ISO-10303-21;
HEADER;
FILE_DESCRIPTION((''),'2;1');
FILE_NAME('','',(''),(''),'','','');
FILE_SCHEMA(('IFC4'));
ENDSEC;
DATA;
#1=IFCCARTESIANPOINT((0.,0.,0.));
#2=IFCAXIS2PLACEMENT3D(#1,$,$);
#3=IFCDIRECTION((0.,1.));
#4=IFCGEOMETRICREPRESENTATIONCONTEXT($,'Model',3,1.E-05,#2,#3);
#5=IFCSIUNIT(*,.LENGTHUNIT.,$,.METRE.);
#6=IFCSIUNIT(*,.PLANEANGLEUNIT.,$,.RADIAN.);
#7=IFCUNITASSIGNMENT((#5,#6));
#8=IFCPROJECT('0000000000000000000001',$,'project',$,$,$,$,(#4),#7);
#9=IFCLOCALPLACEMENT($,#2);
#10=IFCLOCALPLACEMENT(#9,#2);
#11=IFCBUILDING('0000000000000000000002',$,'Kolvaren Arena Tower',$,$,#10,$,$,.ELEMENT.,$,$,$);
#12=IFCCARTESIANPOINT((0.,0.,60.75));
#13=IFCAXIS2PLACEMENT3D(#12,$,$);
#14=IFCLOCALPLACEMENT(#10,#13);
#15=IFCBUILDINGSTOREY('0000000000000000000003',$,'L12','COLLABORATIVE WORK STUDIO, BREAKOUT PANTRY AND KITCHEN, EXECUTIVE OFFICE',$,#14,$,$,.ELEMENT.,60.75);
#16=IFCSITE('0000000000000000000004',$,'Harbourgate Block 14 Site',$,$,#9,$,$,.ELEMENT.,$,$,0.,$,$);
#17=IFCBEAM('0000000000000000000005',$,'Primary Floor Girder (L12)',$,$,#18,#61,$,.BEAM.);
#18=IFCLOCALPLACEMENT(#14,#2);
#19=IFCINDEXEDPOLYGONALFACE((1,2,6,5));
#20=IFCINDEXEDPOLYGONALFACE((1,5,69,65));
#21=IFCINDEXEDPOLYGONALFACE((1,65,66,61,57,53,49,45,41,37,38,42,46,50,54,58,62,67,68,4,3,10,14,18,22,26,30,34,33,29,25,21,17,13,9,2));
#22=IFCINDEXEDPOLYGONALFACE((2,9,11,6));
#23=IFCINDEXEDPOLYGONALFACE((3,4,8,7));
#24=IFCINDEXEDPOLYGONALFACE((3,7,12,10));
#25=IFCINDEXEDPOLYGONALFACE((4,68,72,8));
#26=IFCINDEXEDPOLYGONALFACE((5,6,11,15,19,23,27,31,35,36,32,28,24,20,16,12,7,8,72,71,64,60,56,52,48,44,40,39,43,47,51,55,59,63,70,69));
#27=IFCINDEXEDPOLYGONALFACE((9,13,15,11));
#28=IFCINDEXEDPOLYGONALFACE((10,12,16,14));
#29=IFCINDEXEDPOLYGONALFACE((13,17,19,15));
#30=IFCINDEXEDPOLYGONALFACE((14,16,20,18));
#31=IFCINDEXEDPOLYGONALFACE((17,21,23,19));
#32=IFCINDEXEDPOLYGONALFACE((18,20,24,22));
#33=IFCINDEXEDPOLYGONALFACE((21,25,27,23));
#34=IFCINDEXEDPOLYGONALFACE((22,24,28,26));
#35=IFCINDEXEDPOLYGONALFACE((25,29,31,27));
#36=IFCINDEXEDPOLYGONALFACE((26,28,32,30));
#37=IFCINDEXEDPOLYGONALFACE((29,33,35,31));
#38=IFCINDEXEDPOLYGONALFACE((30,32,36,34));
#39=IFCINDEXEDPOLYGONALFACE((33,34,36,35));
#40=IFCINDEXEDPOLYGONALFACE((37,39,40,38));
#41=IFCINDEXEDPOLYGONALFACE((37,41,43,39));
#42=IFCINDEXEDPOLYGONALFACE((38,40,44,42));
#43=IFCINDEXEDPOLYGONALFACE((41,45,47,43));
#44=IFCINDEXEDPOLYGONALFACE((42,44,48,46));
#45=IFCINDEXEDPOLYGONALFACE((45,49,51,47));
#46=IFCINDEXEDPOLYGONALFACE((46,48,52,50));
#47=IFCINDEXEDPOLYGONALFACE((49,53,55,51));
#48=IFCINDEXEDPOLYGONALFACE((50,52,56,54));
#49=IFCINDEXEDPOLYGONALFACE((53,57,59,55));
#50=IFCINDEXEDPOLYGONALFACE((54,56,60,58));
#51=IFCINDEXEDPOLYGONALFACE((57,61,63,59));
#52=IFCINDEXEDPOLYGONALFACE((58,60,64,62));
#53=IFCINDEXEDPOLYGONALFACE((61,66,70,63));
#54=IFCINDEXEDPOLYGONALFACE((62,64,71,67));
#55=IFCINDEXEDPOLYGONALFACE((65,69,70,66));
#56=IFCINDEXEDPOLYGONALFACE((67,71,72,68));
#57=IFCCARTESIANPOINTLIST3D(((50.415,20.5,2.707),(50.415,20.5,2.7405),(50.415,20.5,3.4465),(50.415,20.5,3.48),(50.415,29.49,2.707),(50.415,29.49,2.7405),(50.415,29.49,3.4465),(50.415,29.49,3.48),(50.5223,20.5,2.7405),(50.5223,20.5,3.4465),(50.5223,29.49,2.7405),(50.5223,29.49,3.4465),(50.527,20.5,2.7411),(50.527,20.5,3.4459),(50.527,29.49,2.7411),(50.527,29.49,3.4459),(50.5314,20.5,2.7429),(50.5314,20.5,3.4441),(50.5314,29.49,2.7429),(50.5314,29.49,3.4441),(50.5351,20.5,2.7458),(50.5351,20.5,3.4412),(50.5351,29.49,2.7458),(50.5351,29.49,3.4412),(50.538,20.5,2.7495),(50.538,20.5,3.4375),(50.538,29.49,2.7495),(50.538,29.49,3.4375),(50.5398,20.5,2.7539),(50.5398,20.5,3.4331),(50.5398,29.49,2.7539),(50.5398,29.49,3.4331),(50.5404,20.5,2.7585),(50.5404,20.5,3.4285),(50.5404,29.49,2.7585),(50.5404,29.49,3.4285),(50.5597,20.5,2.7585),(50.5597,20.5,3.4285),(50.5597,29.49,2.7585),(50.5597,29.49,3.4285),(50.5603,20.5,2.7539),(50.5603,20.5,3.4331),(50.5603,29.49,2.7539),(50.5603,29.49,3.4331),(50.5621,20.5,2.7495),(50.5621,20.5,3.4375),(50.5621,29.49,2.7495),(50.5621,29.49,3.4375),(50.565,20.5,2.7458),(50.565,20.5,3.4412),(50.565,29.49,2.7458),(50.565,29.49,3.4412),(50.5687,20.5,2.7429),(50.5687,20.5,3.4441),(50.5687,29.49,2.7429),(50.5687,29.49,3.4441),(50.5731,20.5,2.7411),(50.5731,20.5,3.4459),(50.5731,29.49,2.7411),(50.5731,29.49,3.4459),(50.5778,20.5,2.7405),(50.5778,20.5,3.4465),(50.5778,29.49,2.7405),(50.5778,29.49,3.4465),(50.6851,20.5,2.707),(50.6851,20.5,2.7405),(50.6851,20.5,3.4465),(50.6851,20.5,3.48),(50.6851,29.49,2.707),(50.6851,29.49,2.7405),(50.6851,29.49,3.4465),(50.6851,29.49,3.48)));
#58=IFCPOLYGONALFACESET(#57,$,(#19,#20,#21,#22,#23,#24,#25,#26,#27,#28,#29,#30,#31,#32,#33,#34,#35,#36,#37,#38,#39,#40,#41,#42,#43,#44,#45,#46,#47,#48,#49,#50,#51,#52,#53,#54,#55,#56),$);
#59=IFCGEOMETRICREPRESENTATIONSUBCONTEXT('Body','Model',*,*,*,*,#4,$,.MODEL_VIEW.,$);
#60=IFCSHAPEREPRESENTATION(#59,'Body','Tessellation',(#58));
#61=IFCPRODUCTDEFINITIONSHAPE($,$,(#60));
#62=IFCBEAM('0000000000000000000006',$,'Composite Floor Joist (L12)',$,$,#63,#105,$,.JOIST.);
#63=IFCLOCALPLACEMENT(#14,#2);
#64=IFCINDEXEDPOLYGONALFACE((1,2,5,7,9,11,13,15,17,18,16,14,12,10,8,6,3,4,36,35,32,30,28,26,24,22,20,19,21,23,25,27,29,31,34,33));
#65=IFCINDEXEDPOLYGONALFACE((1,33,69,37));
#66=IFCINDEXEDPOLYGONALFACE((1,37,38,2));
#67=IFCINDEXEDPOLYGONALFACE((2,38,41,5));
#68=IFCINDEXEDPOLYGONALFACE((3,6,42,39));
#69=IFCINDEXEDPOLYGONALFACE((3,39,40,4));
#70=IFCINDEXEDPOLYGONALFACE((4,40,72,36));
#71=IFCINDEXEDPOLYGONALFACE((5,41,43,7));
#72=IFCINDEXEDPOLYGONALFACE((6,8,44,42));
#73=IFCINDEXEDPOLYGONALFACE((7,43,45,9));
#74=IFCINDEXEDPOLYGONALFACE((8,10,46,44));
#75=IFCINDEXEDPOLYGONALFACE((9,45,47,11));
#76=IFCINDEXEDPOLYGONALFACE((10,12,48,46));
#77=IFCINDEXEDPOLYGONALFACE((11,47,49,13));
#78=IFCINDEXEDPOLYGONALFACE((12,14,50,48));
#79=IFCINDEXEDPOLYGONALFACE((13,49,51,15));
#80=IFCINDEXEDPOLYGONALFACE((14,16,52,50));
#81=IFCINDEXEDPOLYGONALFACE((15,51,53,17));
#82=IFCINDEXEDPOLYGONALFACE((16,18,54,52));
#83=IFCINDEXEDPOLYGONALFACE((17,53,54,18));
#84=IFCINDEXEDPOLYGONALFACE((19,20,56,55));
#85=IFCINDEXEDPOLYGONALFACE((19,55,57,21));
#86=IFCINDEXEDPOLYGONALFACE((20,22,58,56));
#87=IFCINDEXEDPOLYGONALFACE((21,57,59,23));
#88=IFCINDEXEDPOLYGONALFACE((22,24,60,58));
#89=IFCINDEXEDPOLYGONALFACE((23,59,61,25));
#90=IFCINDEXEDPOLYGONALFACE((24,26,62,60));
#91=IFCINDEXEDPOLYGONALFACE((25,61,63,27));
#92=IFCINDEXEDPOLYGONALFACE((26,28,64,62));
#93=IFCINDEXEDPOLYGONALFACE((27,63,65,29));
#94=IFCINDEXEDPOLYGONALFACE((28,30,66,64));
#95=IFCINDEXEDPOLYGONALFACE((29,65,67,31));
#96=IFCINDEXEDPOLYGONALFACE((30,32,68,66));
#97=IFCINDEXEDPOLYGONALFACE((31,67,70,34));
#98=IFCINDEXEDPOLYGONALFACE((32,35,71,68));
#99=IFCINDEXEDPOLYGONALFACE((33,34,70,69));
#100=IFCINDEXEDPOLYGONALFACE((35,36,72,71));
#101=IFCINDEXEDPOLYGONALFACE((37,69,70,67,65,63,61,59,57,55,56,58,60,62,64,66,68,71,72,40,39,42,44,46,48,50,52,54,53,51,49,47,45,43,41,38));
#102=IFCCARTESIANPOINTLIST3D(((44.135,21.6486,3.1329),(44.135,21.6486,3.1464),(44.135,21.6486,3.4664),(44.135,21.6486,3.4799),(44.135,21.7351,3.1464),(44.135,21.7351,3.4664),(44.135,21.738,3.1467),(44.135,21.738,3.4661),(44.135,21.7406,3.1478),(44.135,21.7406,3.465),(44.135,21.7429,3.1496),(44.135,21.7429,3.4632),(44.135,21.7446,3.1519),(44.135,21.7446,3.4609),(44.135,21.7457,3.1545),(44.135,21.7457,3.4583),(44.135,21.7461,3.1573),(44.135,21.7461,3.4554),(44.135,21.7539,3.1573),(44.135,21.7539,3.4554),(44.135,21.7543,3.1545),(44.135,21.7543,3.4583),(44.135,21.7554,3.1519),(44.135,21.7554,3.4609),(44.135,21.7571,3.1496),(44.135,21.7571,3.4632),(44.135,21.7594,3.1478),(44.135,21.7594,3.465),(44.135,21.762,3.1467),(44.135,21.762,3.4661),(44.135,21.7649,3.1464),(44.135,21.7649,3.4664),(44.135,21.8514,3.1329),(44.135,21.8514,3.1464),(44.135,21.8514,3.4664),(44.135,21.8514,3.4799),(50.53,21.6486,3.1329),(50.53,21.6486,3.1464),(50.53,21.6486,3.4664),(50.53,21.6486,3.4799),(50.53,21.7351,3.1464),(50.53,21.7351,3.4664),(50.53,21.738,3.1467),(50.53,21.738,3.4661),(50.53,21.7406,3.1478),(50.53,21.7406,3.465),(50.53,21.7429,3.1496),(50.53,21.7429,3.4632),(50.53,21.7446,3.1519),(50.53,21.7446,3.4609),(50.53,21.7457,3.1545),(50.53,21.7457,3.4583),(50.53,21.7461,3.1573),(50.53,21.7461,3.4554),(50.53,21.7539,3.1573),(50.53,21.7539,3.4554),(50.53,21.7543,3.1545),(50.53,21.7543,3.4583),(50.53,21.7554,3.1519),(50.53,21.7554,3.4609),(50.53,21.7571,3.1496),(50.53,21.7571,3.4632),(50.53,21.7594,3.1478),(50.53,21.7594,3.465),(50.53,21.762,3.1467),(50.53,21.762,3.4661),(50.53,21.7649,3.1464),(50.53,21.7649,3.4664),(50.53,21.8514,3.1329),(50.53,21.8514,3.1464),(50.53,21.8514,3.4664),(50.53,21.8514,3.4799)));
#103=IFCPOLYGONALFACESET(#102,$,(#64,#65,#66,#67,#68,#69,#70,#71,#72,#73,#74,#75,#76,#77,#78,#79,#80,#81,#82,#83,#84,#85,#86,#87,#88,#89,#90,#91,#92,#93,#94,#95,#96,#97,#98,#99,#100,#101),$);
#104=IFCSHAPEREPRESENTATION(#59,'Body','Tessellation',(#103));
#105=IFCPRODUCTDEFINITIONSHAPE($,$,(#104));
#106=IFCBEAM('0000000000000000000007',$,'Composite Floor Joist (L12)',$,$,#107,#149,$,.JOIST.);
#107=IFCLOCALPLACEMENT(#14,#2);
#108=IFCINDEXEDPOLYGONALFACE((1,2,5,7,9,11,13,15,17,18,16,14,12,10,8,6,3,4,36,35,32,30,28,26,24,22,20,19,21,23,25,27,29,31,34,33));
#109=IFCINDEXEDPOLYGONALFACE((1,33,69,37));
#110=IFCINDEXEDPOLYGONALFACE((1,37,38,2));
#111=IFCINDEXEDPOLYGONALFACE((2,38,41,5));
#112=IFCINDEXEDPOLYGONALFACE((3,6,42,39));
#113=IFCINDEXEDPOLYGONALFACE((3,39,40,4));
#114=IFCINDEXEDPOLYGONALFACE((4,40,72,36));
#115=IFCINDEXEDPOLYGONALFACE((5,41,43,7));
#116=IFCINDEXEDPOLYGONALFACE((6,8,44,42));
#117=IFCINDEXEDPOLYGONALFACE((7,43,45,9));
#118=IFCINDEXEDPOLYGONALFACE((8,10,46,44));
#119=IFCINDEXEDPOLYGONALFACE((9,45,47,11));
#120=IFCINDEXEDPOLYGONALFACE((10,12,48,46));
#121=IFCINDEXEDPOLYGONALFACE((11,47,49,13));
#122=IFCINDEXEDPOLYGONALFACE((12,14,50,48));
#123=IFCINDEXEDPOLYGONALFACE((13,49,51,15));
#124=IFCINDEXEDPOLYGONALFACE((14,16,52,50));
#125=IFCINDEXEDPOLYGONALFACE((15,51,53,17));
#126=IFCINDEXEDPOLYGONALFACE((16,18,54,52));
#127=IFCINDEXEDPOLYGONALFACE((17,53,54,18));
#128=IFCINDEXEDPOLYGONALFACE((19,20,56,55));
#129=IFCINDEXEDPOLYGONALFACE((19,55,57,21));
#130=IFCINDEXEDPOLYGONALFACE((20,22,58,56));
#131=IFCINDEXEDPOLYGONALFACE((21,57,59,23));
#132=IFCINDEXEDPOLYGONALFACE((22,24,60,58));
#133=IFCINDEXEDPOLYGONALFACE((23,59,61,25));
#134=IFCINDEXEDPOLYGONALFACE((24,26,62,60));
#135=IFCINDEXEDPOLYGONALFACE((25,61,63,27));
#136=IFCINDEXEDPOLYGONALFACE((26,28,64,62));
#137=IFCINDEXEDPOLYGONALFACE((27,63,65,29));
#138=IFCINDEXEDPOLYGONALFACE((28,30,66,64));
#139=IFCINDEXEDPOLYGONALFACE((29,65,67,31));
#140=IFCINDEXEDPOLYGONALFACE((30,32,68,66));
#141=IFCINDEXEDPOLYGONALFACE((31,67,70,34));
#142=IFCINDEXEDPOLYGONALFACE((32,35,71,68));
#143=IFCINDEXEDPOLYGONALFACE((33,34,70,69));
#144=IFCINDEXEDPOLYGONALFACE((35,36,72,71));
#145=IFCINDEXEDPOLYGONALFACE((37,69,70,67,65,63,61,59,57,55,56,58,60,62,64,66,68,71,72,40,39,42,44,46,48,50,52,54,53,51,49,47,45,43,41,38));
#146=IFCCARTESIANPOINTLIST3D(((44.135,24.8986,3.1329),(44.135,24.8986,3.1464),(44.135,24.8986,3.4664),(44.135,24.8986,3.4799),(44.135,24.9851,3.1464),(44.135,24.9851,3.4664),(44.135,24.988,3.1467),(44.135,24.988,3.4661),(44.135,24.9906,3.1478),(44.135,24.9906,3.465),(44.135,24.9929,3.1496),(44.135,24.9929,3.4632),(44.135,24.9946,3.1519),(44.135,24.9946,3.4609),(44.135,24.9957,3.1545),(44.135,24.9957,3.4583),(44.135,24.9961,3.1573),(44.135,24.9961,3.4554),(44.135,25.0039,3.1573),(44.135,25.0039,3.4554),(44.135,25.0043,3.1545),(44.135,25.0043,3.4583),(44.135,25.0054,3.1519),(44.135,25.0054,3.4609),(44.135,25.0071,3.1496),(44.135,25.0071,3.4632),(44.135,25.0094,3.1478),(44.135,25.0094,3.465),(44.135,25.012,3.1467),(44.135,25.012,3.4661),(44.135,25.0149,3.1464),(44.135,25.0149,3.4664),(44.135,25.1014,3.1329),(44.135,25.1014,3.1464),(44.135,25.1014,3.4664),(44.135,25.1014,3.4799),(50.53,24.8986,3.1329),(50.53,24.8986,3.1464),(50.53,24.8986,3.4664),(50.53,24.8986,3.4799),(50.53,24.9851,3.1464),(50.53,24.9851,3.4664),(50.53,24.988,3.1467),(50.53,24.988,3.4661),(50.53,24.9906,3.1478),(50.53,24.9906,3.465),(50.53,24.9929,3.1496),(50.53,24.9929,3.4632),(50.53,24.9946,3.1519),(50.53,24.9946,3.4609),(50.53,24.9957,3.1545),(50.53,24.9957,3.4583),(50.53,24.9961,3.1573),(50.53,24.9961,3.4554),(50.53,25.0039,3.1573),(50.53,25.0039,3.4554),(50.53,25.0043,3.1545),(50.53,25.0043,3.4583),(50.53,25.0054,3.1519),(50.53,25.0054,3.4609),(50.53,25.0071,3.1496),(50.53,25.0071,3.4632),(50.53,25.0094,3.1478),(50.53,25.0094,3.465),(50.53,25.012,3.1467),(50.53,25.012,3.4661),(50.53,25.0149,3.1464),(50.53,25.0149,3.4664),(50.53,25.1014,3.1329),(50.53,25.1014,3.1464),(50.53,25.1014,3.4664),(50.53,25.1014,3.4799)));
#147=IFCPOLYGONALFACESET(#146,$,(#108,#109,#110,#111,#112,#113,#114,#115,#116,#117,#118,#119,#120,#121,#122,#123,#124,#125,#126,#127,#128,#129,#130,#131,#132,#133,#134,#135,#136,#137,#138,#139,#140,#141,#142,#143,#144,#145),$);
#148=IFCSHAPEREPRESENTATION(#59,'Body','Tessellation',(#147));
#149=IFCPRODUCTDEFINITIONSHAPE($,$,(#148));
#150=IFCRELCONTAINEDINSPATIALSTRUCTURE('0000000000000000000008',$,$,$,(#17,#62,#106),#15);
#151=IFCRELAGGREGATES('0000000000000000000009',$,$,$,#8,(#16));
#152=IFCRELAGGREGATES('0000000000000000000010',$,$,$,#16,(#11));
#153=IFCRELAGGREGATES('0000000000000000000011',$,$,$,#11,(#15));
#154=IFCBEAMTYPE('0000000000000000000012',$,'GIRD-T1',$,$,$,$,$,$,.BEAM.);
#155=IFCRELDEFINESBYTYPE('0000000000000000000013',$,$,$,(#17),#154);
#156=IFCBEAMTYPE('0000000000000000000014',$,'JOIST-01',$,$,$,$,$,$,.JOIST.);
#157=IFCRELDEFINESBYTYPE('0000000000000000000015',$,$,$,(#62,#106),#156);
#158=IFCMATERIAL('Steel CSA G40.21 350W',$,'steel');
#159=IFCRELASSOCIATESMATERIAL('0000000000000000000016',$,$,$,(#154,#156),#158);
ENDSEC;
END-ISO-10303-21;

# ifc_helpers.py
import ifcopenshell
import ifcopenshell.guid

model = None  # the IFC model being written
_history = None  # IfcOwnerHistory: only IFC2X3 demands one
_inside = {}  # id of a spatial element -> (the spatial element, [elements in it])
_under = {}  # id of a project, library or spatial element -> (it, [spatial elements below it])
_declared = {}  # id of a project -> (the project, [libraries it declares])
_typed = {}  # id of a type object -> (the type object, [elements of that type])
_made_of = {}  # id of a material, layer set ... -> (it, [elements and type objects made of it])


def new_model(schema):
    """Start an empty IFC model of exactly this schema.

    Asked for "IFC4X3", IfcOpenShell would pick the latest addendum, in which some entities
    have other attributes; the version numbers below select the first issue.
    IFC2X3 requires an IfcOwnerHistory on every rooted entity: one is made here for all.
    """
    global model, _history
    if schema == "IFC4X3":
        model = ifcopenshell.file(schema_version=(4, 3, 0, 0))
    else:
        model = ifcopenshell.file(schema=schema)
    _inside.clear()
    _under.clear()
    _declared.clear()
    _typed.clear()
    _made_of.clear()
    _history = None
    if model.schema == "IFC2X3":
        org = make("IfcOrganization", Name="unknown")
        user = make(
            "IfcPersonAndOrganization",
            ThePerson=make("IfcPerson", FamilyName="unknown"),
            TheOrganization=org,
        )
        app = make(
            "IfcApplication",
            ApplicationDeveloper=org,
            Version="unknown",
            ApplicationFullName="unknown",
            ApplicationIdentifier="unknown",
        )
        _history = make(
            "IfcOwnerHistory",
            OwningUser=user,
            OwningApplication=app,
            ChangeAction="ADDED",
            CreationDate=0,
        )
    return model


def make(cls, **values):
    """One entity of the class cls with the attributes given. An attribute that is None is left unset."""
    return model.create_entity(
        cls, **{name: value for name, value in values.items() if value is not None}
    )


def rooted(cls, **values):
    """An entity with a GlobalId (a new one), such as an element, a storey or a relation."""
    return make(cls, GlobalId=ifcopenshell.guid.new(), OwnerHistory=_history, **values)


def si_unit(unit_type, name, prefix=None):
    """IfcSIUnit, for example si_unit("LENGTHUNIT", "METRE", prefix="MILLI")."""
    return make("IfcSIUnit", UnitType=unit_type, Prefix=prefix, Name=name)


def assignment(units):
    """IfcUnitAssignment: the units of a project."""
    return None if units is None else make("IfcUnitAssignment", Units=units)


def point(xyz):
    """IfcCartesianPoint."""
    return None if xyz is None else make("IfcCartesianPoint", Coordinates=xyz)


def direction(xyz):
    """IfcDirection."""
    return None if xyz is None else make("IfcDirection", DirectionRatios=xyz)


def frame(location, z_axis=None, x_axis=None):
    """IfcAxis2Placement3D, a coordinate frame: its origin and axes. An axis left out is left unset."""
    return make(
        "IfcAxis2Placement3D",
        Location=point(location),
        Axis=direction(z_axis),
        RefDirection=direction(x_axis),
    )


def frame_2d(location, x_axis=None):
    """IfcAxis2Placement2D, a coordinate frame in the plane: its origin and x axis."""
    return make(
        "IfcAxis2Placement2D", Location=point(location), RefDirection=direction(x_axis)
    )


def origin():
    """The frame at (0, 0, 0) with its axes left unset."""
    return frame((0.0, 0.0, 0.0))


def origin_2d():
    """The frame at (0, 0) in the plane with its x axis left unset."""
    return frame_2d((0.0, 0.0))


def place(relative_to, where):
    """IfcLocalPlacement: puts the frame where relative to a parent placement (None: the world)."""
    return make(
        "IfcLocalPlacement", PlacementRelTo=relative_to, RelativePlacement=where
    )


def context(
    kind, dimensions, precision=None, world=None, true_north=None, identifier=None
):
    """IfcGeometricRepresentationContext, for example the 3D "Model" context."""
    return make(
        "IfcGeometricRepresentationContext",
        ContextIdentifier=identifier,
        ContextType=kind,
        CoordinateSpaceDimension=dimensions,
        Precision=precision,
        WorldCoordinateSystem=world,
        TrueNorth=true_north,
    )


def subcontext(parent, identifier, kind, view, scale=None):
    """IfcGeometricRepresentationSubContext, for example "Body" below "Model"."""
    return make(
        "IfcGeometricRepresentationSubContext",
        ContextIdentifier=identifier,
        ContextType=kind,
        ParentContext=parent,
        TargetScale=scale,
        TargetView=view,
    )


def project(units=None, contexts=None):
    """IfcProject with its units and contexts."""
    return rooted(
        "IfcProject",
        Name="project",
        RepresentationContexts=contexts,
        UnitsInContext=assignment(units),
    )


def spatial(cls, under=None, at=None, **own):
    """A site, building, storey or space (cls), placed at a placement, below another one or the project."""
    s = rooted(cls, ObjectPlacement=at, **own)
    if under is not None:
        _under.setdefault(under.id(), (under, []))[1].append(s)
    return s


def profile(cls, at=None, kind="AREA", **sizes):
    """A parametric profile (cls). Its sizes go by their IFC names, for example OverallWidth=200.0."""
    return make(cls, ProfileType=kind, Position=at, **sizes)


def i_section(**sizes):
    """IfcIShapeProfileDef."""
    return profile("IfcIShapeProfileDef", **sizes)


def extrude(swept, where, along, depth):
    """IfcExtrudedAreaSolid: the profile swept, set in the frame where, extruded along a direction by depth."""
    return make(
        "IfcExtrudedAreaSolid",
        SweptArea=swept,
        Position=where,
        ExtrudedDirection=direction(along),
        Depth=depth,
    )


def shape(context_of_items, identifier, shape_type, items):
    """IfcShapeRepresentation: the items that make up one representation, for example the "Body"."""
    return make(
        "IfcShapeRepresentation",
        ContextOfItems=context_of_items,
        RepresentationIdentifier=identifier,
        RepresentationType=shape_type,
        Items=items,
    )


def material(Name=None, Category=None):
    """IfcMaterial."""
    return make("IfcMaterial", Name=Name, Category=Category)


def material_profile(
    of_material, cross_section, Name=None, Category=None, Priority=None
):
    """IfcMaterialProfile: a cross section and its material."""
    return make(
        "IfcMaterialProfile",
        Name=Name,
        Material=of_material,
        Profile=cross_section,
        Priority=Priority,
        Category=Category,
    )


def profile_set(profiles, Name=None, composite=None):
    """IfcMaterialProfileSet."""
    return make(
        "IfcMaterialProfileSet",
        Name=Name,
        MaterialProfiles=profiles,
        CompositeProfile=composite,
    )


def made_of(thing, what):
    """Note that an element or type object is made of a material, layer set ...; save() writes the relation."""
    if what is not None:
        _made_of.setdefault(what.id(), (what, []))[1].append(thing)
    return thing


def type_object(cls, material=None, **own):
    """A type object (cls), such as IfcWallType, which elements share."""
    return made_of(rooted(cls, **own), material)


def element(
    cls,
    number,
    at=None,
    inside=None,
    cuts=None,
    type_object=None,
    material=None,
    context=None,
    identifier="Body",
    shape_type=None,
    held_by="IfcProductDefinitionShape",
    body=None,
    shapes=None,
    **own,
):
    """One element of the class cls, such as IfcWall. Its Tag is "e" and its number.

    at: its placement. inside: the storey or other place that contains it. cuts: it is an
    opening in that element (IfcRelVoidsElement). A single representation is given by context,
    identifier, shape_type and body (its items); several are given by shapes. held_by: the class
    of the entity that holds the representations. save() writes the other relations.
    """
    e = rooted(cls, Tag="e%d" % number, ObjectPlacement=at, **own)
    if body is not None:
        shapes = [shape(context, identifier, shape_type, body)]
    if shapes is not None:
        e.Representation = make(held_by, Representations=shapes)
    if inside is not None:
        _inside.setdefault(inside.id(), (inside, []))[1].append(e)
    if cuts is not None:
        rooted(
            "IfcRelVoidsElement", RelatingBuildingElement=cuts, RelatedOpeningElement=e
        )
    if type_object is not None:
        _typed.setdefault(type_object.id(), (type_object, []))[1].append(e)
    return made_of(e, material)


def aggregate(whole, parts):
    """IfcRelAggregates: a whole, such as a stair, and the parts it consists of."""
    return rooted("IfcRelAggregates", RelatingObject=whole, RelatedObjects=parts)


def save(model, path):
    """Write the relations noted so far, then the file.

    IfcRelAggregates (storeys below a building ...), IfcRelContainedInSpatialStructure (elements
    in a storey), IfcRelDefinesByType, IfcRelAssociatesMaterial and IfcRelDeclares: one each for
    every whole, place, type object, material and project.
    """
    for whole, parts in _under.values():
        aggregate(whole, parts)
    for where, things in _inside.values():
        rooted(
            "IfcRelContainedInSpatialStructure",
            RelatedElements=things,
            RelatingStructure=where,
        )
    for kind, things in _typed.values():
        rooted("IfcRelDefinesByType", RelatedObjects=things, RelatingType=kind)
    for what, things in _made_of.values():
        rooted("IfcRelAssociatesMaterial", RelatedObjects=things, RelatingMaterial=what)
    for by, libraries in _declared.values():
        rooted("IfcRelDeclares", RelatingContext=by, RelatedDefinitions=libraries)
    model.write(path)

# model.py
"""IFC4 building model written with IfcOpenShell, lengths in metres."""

from ifc_helpers import new_model, si_unit, direction, frame, origin, origin_2d, place, context, subcontext, project, spatial, i_section, extrude, material, material_profile, profile_set, type_object, element, save


model = new_model("IFC4")

# Units and contexts
model_context = context("Model", 3, precision=1e-05, world=origin(), true_north=direction((0.0, 1.0)))
body_context = subcontext(model_context, "Body", "Model", "MODEL_VIEW")
ifc_project = project(units=[si_unit("LENGTHUNIT", "METRE"), si_unit("PLANEANGLEUNIT", "RADIAN")], contexts=[model_context])

# Site, building, storey
site_placement = place(None, origin())
site = spatial("IfcSite", under=ifc_project, at=site_placement, Name="Harbourgate Block 14 Site", CompositionType="ELEMENT", RefElevation=0.0)
building_placement = place(site_placement, origin())
building = spatial("IfcBuilding", under=site, at=building_placement, Name="Kolvaren Arena Tower", CompositionType="ELEMENT")
storey_placement = place(building_placement, frame((0.0, 0.0, 60.75)))
storey = spatial("IfcBuildingStorey", under=building, at=storey_placement, Name="L12", Description="COLLABORATIVE WORK STUDIO, BREAKOUT PANTRY AND KITCHEN, EXECUTIVE OFFICE", CompositionType="ELEMENT", Elevation=60.75)

# Beams
ifc_material_1 = material(Name="Steel CSA G40.21 350W", Category="steel")
ifc_material_profile_1 = material_profile(ifc_material_1, i_section(OverallWidth=0.27, OverallDepth=0.7729, WebThickness=0.0193, FlangeThickness=0.0334, FilletRadius=0.0181, at=origin_2d()), Name="W760x257")
ifc_profile_set_1 = profile_set([ifc_material_profile_1], Name="Steel CSA G40.21 350W")
beam_type_1 = type_object("IfcBeamType", Name="GIRD-T1", PredefinedType="BEAM", material=ifc_profile_set_1)
beam_1_placement = place(storey_placement, frame((50.55, 20.5, 3.0935), z_axis=(0.0, 1.0, 0.0), x_axis=(-1.0, 0.0, 0.0)))
element("IfcBeam", 1, at=beam_1_placement, inside=storey, type_object=beam_type_1, Name="Primary Floor Girder (L12)", PredefinedType="BEAM", context=body_context, shape_type="SweptSolid", body=[
    extrude(i_section(OverallWidth=0.27, OverallDepth=0.7729, WebThickness=0.0193, FlangeThickness=0.0334, FilletRadius=0.0181, at=origin_2d()), origin(), (0.0, 0.0, 1.0), 8.99),
])
ifc_material_profile_2 = material_profile(ifc_material_1, i_section(OverallWidth=0.2029, OverallDepth=0.3469, WebThickness=0.0078, FlangeThickness=0.0134, FilletRadius=0.011, at=origin_2d()), Name="W360x64")
ifc_profile_set_2 = profile_set([ifc_material_profile_2], Name="Steel CSA G40.21 350W")
beam_type_2 = type_object("IfcBeamType", Name="JOIST-01", PredefinedType="JOIST", material=ifc_profile_set_2)
for number, where, z_axis, x_axis, name in (
    (2, (44.135, 21.75, 3.3064), (1.0, 0.0, 0.0), (0.0, 1.0, 0.0), "Composite Floor Joist (L12)"),
    (3, (44.135, 25.0, 3.3064), (1.0, 0.0, 0.0), (0.0, 1.0, 0.0), "Composite Floor Joist (L12)"),
):
    element("IfcBeam", number, at=place(storey_placement, frame(where, z_axis=z_axis, x_axis=x_axis)), inside=storey, type_object=beam_type_2, Name=name, PredefinedType="JOIST", context=body_context, shape_type="SweptSolid", body=[
        extrude(i_section(OverallWidth=0.2029, OverallDepth=0.3469, WebThickness=0.0078, FlangeThickness=0.0134, FilletRadius=0.011, at=origin_2d()), origin(), (0.0, 0.0, 1.0), 6.395),
    ])

save(model, "model.ifc")
